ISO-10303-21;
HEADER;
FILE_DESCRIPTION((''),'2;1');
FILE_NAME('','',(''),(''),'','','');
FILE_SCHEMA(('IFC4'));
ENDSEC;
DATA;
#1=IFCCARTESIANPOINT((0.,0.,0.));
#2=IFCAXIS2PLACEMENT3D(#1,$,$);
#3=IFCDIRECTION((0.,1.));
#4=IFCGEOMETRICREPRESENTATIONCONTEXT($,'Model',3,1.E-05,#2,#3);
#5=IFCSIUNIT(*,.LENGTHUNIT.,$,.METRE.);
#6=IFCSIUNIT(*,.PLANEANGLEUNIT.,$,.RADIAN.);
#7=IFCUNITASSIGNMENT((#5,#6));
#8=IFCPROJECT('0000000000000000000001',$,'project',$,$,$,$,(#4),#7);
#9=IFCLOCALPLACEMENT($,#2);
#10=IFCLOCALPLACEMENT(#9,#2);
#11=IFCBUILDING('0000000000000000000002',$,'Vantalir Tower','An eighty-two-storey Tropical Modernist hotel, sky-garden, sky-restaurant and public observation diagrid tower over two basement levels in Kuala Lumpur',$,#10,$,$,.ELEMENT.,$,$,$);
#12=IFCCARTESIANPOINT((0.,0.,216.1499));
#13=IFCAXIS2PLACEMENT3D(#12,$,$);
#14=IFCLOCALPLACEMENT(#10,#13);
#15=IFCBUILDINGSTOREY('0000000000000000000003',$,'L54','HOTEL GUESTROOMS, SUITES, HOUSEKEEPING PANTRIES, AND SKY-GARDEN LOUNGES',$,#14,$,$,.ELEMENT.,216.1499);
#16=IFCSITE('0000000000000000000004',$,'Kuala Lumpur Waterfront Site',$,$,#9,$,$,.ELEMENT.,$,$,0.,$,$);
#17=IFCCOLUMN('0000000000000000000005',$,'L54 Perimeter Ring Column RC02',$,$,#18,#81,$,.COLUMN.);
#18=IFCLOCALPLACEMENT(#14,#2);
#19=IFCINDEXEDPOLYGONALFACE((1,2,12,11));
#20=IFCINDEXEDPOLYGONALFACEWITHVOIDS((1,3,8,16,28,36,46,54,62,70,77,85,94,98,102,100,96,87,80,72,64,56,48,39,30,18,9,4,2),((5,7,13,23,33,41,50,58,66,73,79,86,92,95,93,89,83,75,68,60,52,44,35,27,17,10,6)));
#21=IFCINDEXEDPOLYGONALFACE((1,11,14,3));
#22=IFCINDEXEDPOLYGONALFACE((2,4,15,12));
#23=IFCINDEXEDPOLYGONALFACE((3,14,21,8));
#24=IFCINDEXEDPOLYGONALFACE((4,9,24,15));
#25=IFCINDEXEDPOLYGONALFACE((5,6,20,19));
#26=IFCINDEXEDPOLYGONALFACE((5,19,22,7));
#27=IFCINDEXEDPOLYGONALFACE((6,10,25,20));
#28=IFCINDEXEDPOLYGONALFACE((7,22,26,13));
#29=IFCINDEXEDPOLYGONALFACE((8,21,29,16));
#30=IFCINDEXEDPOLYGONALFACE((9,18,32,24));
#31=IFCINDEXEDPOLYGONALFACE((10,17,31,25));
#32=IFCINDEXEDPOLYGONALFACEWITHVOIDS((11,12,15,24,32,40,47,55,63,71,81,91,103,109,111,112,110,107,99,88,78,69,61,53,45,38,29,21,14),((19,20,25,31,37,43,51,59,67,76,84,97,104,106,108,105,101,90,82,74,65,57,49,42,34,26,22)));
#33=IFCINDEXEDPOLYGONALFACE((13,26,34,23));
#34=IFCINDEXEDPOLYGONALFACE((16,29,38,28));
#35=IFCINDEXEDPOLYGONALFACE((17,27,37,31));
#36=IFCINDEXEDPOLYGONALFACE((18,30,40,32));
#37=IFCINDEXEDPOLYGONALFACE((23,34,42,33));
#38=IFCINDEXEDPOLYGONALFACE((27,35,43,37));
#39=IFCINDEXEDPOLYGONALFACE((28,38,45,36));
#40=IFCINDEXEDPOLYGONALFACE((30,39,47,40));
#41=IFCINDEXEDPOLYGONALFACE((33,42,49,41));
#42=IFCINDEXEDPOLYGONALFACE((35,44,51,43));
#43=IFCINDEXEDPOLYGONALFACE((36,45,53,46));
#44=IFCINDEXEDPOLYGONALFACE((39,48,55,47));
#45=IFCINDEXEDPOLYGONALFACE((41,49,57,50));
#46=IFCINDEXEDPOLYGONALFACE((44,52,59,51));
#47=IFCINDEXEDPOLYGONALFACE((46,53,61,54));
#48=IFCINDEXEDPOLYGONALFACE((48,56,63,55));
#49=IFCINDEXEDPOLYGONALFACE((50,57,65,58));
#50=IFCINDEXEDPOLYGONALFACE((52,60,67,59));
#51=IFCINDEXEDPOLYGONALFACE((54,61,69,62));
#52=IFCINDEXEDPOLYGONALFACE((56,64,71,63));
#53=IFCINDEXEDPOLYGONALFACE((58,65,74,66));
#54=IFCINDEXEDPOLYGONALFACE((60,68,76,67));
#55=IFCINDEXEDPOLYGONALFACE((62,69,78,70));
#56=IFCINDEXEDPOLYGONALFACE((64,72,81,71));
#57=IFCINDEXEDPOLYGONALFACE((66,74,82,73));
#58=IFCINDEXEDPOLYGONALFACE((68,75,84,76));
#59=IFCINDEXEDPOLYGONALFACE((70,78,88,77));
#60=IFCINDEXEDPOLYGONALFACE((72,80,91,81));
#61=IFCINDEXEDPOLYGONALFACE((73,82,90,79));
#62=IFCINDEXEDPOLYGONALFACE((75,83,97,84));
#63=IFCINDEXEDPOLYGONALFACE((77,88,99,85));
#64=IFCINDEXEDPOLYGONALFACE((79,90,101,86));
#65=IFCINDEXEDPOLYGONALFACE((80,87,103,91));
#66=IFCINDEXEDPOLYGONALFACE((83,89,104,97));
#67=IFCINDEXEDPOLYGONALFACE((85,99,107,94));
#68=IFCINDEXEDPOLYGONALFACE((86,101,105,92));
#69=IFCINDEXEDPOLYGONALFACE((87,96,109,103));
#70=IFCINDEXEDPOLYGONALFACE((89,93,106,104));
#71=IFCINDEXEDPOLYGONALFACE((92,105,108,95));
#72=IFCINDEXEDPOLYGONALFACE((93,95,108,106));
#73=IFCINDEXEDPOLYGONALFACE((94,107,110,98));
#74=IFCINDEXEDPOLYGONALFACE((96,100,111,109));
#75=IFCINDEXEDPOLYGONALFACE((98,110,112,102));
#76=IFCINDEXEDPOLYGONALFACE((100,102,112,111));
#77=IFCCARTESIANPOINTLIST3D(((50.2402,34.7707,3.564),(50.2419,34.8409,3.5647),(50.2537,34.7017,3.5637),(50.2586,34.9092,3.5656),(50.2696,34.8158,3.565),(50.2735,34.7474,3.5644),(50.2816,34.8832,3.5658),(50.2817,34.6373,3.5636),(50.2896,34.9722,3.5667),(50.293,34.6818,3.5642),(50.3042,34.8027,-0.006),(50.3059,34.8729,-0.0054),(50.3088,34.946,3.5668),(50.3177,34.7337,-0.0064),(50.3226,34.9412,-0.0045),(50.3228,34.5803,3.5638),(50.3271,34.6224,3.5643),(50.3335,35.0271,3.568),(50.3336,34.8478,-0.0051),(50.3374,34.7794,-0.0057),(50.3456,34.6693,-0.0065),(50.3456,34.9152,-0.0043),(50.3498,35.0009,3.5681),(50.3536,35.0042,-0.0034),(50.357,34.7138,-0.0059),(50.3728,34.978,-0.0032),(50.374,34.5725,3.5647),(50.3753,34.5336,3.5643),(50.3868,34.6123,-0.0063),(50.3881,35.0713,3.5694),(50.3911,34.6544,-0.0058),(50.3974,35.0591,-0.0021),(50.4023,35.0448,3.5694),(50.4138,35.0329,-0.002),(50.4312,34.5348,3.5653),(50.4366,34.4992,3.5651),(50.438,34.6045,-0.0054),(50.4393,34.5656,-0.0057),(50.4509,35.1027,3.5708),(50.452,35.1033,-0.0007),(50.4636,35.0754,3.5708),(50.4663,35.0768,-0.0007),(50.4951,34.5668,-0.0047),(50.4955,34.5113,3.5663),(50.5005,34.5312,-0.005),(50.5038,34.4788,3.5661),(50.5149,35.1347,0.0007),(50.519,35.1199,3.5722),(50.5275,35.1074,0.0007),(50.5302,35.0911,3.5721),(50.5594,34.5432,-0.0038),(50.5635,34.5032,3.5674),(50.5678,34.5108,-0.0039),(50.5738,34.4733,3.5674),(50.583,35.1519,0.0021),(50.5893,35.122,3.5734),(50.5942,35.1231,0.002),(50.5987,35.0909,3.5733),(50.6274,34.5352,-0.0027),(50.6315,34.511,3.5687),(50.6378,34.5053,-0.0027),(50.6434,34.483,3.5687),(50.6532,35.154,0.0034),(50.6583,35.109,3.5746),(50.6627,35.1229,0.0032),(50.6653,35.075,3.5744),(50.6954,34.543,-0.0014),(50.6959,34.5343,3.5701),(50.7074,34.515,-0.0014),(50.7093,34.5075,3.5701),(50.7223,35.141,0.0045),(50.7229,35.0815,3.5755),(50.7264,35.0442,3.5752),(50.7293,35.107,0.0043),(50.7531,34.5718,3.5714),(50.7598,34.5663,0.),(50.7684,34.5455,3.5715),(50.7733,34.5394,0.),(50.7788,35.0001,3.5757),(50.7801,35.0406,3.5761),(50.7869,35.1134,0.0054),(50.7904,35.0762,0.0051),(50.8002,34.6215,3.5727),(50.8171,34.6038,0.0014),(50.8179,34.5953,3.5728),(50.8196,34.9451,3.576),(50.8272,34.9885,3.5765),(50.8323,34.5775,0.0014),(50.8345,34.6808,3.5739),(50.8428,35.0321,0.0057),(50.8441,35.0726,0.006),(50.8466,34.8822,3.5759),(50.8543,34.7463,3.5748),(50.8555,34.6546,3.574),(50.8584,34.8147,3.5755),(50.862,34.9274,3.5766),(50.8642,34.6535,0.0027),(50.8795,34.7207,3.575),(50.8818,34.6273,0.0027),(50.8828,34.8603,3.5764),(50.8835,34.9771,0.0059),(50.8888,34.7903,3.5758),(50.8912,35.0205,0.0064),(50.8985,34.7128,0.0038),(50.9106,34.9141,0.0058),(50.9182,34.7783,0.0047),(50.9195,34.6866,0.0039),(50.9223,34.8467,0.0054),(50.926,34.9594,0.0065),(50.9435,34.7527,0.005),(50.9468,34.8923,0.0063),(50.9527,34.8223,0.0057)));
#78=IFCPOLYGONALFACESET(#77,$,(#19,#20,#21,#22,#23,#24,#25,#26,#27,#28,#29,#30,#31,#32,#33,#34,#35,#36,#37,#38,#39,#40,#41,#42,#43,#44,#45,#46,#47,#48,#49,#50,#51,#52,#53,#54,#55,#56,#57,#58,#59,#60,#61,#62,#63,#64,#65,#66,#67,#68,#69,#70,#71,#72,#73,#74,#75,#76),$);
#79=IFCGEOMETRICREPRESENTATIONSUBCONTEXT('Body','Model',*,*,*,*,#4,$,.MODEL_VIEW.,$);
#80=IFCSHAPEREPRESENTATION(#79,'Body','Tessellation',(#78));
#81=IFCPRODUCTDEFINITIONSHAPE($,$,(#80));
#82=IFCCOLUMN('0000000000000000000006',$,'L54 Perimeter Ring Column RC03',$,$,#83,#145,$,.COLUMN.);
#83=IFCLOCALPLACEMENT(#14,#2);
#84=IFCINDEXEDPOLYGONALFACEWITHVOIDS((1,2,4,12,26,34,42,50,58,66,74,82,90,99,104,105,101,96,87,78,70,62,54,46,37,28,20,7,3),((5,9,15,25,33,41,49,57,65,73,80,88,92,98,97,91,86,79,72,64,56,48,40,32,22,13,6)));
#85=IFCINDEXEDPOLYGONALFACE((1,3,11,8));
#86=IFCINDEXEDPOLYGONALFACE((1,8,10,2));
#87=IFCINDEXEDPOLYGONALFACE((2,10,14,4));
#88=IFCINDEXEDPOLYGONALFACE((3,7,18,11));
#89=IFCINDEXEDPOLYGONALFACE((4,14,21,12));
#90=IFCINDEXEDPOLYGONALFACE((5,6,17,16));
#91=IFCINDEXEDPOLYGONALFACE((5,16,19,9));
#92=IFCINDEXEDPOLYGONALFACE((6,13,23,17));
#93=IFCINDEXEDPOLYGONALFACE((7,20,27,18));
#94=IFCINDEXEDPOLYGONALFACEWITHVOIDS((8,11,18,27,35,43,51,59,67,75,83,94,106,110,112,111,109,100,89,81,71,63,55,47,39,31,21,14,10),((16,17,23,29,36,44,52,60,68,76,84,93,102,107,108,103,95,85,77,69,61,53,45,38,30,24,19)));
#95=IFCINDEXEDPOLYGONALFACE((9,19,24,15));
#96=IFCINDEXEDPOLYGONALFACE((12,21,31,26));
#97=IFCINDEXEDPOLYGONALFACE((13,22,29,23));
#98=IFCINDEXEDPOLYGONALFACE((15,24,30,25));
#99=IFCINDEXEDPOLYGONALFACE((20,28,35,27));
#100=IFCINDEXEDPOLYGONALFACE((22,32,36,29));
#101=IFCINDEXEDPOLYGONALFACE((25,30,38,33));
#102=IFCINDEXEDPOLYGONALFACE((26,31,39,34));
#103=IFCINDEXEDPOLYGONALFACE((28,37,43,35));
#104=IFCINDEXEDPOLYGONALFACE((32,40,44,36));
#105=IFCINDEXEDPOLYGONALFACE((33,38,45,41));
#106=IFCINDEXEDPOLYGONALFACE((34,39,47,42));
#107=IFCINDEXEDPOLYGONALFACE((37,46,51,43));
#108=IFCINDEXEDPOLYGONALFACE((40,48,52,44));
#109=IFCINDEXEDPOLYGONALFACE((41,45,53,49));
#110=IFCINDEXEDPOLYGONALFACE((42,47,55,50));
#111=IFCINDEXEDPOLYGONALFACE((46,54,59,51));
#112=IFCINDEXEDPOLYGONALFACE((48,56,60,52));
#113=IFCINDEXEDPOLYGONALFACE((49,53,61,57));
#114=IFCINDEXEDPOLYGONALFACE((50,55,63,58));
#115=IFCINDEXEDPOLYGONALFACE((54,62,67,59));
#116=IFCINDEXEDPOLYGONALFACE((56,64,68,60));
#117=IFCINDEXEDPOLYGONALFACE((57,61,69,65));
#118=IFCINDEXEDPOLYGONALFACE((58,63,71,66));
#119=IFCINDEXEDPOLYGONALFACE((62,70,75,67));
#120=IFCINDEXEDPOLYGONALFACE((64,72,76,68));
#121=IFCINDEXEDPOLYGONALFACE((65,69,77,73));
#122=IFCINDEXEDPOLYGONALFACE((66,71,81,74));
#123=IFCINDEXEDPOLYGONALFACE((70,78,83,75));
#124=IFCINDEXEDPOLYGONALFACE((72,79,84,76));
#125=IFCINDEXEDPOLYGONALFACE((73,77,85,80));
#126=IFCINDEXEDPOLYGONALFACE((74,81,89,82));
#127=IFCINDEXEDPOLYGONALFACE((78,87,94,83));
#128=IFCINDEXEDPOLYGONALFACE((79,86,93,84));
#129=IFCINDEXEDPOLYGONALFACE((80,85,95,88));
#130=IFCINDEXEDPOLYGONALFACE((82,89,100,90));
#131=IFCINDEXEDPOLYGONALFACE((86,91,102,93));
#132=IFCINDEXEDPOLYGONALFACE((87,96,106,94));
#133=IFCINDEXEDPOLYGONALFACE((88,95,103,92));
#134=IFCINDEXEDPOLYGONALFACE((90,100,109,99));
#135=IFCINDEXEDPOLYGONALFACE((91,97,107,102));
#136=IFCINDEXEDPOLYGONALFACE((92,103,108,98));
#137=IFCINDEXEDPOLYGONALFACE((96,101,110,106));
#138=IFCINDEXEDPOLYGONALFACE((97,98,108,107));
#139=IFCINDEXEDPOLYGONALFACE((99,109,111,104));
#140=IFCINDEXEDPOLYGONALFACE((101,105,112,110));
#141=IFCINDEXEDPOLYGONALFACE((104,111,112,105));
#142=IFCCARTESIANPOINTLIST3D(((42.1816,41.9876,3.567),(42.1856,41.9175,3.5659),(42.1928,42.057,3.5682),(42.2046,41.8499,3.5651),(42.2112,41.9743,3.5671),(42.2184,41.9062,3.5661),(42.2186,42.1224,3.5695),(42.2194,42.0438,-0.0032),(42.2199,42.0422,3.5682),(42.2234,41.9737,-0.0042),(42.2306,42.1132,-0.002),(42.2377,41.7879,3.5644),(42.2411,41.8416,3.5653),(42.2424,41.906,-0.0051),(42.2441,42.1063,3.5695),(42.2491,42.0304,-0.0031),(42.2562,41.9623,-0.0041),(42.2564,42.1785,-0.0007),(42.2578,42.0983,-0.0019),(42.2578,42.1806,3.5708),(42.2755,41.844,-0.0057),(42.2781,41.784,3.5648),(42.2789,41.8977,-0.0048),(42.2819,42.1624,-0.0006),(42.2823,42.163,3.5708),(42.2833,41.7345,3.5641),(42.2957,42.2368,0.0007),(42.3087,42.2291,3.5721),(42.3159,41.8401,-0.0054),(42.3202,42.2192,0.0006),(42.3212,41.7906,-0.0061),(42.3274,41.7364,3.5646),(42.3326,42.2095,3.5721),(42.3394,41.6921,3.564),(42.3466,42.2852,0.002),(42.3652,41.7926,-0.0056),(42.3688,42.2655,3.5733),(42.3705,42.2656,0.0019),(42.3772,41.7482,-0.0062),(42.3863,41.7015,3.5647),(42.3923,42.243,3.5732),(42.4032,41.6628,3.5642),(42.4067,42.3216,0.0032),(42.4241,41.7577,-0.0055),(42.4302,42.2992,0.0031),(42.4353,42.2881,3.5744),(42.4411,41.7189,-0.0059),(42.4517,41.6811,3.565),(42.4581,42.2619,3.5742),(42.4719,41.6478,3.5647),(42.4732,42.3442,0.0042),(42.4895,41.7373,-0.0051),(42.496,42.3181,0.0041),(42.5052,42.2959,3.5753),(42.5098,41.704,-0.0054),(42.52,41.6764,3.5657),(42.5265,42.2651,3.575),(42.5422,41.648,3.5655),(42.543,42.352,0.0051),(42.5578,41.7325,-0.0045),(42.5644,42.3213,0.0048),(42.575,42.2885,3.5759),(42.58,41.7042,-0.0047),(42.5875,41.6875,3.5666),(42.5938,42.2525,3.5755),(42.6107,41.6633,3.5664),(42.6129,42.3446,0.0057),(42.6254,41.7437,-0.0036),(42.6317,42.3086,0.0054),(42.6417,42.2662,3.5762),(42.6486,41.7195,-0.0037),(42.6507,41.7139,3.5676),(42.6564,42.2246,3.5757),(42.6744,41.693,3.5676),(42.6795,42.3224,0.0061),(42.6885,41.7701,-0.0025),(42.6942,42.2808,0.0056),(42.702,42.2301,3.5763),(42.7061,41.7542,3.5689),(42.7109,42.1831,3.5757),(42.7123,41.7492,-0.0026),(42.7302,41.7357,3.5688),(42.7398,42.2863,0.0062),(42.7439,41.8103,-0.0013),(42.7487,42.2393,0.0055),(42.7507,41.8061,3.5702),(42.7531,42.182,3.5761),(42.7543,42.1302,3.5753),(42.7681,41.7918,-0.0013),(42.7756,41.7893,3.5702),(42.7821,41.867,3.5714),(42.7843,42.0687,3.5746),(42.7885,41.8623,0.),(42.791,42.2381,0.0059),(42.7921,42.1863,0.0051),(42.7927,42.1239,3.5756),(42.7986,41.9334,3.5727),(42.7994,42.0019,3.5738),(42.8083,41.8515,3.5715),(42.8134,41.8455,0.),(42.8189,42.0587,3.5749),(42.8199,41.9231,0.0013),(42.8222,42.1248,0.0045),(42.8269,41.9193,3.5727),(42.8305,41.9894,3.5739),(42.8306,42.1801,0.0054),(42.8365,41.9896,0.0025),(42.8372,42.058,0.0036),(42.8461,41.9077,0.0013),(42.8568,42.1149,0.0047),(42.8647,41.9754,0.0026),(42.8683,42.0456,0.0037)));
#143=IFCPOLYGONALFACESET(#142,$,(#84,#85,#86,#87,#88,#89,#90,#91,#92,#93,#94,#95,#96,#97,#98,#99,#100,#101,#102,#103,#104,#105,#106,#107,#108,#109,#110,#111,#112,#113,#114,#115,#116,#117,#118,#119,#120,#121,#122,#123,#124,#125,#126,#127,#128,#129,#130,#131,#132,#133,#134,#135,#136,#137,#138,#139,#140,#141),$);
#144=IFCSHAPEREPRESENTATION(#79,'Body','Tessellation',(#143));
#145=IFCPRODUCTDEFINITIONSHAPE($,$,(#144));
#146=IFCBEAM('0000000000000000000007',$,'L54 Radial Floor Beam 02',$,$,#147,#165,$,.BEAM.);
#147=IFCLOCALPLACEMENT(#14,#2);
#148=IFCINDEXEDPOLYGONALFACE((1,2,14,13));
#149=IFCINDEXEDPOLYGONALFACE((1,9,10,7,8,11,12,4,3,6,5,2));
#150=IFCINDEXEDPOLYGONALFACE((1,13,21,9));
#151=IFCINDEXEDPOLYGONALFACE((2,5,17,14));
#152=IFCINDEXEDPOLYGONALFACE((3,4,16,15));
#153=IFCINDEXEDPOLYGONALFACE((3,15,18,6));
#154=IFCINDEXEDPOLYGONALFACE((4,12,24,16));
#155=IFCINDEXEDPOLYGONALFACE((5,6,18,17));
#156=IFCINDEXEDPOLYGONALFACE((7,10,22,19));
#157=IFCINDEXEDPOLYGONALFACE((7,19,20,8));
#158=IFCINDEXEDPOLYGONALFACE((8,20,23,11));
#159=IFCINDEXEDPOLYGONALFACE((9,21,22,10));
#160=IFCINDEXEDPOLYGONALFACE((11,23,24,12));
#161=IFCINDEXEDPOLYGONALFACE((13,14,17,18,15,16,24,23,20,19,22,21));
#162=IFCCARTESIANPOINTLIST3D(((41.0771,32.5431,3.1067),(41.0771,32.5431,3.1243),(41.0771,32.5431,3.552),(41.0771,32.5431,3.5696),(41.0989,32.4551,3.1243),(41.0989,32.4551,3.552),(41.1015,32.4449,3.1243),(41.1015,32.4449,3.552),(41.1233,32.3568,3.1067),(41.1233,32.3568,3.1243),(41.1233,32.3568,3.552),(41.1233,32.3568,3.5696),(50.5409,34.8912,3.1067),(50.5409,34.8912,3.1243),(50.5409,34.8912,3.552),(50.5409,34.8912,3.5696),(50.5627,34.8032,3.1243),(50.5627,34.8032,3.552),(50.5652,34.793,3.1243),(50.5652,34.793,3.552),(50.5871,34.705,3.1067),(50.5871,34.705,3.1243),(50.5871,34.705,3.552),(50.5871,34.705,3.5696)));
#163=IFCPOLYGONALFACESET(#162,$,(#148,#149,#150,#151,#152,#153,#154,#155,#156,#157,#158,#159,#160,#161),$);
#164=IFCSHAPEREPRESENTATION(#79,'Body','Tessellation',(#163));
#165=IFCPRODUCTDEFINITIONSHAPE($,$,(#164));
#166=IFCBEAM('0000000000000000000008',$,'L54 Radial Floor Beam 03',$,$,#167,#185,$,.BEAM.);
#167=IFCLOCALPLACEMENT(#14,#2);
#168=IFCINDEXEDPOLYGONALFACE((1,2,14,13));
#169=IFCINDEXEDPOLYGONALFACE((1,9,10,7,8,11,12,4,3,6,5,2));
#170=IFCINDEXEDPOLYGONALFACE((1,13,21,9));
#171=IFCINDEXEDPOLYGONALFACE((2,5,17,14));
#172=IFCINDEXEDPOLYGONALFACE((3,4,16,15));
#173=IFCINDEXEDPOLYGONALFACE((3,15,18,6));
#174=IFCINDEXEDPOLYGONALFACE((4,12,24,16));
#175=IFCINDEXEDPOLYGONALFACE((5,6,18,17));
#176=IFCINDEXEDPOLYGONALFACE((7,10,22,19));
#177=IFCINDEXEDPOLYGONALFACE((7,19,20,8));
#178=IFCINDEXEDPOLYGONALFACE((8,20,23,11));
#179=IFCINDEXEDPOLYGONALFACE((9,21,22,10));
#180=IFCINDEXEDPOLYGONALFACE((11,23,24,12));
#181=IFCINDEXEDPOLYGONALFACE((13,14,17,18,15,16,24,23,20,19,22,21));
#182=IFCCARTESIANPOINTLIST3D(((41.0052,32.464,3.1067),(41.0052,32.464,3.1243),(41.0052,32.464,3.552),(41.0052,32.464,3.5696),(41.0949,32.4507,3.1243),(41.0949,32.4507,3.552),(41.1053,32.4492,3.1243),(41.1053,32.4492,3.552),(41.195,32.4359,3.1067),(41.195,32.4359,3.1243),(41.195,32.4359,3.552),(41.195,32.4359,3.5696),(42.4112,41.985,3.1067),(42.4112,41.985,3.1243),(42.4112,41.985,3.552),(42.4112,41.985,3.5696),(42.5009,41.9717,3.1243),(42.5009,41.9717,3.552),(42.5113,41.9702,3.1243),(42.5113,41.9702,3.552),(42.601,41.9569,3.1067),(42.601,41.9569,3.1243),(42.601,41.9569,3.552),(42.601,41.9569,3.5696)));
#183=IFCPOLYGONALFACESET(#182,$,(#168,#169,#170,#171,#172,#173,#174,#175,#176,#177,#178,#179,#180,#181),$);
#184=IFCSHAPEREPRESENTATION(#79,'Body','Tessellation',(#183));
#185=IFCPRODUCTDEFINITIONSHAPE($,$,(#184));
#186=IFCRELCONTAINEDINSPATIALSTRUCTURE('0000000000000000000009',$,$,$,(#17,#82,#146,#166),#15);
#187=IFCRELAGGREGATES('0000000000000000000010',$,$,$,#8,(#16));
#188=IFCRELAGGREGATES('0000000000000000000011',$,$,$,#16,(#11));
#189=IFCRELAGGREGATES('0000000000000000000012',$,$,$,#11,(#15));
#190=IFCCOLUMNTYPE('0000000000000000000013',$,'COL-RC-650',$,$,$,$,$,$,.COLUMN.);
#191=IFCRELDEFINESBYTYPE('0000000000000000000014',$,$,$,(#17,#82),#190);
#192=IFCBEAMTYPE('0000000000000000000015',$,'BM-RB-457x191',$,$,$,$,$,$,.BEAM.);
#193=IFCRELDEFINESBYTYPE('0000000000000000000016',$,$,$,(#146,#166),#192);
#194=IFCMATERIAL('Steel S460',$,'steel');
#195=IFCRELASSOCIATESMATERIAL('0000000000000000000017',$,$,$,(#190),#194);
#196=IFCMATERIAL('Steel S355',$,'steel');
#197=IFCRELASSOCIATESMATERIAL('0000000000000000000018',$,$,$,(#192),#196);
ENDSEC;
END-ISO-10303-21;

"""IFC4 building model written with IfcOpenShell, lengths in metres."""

from ifc_helpers import new_model, si_unit, direction, frame, origin, origin_2d, place, context, subcontext, project, spatial, hollow_circle, i_section, extrude, material, material_profile, profile_set, type_object, element, save


model = new_model("IFC4")

# Units and contexts
model_context = context("Model", 3, precision=1e-05, world=origin(), true_north=direction((0.0, 1.0)))
body_context = subcontext(model_context, "Body", "Model", "MODEL_VIEW")
ifc_project = project(units=[si_unit("LENGTHUNIT", "METRE"), si_unit("PLANEANGLEUNIT", "RADIAN")], contexts=[model_context])

# Site, building, storey
site_placement = place(None, origin())
site = spatial("IfcSite", under=ifc_project, at=site_placement, Name="Kuala Lumpur Waterfront Site", CompositionType="ELEMENT", RefElevation=0.0)
building_placement = place(site_placement, origin())
building = spatial("IfcBuilding", under=site, at=building_placement, Name="Vantalir Tower", Description="An eighty-two-storey Tropical Modernist hotel, sky-garden, sky-restaurant and public observation diagrid tower over two basement levels in Kuala Lumpur", CompositionType="ELEMENT")
storey_placement = place(building_placement, frame((0.0, 0.0, 216.1499)))
storey = spatial("IfcBuildingStorey", under=building, at=storey_placement, Name="L54", Description="HOTEL GUESTROOMS, SUITES, HOUSEKEEPING PANTRIES, AND SKY-GARDEN LOUNGES", CompositionType="ELEMENT", Elevation=216.1499)

# Columns
ifc_material_1 = material(Name="Steel S460", Category="steel")
ifc_material_profile_1 = material_profile(ifc_material_1, hollow_circle(Radius=0.325, WallThickness=0.03, at=origin_2d()), Name="Steel S460")
ifc_profile_set_1 = profile_set([ifc_material_profile_1], Name="Steel S460")
column_type = type_object("IfcColumnType", Name="COL-RC-650", PredefinedType="COLUMN", material=ifc_profile_set_1)
for number, where, z_axis, x_axis, name in (
    (1, (50.6279, 34.8301, 0.0), (-0.017913, -0.008957, 0.999799), (0.447214, -0.894427, 0.0), "L54 Perimeter Ring Column RC02"),
    (2, (42.5439, 42.0271, 0.0), (-0.010598, -0.015726, 0.99982), (0.829266, -0.558853, 0.0), "L54 Perimeter Ring Column RC03"),
):
    element("IfcColumn", number, at=place(storey_placement, frame(where, z_axis=z_axis, x_axis=x_axis)), inside=storey, type_object=column_type, Name=name, PredefinedType="COLUMN", context=body_context, shape_type="SweptSolid", body=[
        extrude(hollow_circle(Radius=0.325, WallThickness=0.03, at=origin_2d()), origin(), (0.0, 0.0, 1.0), 3.5708),
    ])

# Beams
ifc_material_2 = material(Name="Steel S355", Category="steel")
ifc_material_profile_2 = material_profile(ifc_material_2, i_section(OverallWidth=0.1919, OverallDepth=0.4629, WebThickness=0.0105, FlangeThickness=0.0176, at=origin_2d()), Name="Steel S355")
ifc_profile_set_2 = profile_set([ifc_material_profile_2], Name="Steel S355")
beam_type_1 = type_object("IfcBeamType", Name="BM-RB-457x191", PredefinedType="BEAM", material=ifc_profile_set_2)
beam_1_placement = place(storey_placement, frame((50.564, 34.7981, 3.3381), z_axis=(-0.970571, -0.240815, 0.0), x_axis=(0.240815, -0.970571, 0.0)))
element("IfcBeam", 3, at=beam_1_placement, inside=storey, type_object=beam_type_1, Name="L54 Radial Floor Beam 02", PredefinedType="BEAM", context=body_context, shape_type="SweptSolid", body=[
    extrude(i_section(OverallWidth=0.1919, OverallDepth=0.4629, WebThickness=0.0105, FlangeThickness=0.0176, at=origin_2d()), origin(), (0.0, 0.0, 1.0), 9.7507),
])
beam_2_placement = place(storey_placement, frame((42.5061, 41.9709, 3.3381), z_axis=(-0.14609, -0.989271, 0.0), x_axis=(0.989271, -0.14609, 0.0)))
element("IfcBeam", 4, at=beam_2_placement, inside=storey, type_object=beam_type_1, Name="L54 Radial Floor Beam 03", PredefinedType="BEAM", context=body_context, shape_type="SweptSolid", body=[
    extrude(i_section(OverallWidth=0.1919, OverallDepth=0.4629, WebThickness=0.0105, FlangeThickness=0.0176, at=origin_2d()), origin(), (0.0, 0.0, 1.0), 9.6243),
])

save(model, "model.ifc")
